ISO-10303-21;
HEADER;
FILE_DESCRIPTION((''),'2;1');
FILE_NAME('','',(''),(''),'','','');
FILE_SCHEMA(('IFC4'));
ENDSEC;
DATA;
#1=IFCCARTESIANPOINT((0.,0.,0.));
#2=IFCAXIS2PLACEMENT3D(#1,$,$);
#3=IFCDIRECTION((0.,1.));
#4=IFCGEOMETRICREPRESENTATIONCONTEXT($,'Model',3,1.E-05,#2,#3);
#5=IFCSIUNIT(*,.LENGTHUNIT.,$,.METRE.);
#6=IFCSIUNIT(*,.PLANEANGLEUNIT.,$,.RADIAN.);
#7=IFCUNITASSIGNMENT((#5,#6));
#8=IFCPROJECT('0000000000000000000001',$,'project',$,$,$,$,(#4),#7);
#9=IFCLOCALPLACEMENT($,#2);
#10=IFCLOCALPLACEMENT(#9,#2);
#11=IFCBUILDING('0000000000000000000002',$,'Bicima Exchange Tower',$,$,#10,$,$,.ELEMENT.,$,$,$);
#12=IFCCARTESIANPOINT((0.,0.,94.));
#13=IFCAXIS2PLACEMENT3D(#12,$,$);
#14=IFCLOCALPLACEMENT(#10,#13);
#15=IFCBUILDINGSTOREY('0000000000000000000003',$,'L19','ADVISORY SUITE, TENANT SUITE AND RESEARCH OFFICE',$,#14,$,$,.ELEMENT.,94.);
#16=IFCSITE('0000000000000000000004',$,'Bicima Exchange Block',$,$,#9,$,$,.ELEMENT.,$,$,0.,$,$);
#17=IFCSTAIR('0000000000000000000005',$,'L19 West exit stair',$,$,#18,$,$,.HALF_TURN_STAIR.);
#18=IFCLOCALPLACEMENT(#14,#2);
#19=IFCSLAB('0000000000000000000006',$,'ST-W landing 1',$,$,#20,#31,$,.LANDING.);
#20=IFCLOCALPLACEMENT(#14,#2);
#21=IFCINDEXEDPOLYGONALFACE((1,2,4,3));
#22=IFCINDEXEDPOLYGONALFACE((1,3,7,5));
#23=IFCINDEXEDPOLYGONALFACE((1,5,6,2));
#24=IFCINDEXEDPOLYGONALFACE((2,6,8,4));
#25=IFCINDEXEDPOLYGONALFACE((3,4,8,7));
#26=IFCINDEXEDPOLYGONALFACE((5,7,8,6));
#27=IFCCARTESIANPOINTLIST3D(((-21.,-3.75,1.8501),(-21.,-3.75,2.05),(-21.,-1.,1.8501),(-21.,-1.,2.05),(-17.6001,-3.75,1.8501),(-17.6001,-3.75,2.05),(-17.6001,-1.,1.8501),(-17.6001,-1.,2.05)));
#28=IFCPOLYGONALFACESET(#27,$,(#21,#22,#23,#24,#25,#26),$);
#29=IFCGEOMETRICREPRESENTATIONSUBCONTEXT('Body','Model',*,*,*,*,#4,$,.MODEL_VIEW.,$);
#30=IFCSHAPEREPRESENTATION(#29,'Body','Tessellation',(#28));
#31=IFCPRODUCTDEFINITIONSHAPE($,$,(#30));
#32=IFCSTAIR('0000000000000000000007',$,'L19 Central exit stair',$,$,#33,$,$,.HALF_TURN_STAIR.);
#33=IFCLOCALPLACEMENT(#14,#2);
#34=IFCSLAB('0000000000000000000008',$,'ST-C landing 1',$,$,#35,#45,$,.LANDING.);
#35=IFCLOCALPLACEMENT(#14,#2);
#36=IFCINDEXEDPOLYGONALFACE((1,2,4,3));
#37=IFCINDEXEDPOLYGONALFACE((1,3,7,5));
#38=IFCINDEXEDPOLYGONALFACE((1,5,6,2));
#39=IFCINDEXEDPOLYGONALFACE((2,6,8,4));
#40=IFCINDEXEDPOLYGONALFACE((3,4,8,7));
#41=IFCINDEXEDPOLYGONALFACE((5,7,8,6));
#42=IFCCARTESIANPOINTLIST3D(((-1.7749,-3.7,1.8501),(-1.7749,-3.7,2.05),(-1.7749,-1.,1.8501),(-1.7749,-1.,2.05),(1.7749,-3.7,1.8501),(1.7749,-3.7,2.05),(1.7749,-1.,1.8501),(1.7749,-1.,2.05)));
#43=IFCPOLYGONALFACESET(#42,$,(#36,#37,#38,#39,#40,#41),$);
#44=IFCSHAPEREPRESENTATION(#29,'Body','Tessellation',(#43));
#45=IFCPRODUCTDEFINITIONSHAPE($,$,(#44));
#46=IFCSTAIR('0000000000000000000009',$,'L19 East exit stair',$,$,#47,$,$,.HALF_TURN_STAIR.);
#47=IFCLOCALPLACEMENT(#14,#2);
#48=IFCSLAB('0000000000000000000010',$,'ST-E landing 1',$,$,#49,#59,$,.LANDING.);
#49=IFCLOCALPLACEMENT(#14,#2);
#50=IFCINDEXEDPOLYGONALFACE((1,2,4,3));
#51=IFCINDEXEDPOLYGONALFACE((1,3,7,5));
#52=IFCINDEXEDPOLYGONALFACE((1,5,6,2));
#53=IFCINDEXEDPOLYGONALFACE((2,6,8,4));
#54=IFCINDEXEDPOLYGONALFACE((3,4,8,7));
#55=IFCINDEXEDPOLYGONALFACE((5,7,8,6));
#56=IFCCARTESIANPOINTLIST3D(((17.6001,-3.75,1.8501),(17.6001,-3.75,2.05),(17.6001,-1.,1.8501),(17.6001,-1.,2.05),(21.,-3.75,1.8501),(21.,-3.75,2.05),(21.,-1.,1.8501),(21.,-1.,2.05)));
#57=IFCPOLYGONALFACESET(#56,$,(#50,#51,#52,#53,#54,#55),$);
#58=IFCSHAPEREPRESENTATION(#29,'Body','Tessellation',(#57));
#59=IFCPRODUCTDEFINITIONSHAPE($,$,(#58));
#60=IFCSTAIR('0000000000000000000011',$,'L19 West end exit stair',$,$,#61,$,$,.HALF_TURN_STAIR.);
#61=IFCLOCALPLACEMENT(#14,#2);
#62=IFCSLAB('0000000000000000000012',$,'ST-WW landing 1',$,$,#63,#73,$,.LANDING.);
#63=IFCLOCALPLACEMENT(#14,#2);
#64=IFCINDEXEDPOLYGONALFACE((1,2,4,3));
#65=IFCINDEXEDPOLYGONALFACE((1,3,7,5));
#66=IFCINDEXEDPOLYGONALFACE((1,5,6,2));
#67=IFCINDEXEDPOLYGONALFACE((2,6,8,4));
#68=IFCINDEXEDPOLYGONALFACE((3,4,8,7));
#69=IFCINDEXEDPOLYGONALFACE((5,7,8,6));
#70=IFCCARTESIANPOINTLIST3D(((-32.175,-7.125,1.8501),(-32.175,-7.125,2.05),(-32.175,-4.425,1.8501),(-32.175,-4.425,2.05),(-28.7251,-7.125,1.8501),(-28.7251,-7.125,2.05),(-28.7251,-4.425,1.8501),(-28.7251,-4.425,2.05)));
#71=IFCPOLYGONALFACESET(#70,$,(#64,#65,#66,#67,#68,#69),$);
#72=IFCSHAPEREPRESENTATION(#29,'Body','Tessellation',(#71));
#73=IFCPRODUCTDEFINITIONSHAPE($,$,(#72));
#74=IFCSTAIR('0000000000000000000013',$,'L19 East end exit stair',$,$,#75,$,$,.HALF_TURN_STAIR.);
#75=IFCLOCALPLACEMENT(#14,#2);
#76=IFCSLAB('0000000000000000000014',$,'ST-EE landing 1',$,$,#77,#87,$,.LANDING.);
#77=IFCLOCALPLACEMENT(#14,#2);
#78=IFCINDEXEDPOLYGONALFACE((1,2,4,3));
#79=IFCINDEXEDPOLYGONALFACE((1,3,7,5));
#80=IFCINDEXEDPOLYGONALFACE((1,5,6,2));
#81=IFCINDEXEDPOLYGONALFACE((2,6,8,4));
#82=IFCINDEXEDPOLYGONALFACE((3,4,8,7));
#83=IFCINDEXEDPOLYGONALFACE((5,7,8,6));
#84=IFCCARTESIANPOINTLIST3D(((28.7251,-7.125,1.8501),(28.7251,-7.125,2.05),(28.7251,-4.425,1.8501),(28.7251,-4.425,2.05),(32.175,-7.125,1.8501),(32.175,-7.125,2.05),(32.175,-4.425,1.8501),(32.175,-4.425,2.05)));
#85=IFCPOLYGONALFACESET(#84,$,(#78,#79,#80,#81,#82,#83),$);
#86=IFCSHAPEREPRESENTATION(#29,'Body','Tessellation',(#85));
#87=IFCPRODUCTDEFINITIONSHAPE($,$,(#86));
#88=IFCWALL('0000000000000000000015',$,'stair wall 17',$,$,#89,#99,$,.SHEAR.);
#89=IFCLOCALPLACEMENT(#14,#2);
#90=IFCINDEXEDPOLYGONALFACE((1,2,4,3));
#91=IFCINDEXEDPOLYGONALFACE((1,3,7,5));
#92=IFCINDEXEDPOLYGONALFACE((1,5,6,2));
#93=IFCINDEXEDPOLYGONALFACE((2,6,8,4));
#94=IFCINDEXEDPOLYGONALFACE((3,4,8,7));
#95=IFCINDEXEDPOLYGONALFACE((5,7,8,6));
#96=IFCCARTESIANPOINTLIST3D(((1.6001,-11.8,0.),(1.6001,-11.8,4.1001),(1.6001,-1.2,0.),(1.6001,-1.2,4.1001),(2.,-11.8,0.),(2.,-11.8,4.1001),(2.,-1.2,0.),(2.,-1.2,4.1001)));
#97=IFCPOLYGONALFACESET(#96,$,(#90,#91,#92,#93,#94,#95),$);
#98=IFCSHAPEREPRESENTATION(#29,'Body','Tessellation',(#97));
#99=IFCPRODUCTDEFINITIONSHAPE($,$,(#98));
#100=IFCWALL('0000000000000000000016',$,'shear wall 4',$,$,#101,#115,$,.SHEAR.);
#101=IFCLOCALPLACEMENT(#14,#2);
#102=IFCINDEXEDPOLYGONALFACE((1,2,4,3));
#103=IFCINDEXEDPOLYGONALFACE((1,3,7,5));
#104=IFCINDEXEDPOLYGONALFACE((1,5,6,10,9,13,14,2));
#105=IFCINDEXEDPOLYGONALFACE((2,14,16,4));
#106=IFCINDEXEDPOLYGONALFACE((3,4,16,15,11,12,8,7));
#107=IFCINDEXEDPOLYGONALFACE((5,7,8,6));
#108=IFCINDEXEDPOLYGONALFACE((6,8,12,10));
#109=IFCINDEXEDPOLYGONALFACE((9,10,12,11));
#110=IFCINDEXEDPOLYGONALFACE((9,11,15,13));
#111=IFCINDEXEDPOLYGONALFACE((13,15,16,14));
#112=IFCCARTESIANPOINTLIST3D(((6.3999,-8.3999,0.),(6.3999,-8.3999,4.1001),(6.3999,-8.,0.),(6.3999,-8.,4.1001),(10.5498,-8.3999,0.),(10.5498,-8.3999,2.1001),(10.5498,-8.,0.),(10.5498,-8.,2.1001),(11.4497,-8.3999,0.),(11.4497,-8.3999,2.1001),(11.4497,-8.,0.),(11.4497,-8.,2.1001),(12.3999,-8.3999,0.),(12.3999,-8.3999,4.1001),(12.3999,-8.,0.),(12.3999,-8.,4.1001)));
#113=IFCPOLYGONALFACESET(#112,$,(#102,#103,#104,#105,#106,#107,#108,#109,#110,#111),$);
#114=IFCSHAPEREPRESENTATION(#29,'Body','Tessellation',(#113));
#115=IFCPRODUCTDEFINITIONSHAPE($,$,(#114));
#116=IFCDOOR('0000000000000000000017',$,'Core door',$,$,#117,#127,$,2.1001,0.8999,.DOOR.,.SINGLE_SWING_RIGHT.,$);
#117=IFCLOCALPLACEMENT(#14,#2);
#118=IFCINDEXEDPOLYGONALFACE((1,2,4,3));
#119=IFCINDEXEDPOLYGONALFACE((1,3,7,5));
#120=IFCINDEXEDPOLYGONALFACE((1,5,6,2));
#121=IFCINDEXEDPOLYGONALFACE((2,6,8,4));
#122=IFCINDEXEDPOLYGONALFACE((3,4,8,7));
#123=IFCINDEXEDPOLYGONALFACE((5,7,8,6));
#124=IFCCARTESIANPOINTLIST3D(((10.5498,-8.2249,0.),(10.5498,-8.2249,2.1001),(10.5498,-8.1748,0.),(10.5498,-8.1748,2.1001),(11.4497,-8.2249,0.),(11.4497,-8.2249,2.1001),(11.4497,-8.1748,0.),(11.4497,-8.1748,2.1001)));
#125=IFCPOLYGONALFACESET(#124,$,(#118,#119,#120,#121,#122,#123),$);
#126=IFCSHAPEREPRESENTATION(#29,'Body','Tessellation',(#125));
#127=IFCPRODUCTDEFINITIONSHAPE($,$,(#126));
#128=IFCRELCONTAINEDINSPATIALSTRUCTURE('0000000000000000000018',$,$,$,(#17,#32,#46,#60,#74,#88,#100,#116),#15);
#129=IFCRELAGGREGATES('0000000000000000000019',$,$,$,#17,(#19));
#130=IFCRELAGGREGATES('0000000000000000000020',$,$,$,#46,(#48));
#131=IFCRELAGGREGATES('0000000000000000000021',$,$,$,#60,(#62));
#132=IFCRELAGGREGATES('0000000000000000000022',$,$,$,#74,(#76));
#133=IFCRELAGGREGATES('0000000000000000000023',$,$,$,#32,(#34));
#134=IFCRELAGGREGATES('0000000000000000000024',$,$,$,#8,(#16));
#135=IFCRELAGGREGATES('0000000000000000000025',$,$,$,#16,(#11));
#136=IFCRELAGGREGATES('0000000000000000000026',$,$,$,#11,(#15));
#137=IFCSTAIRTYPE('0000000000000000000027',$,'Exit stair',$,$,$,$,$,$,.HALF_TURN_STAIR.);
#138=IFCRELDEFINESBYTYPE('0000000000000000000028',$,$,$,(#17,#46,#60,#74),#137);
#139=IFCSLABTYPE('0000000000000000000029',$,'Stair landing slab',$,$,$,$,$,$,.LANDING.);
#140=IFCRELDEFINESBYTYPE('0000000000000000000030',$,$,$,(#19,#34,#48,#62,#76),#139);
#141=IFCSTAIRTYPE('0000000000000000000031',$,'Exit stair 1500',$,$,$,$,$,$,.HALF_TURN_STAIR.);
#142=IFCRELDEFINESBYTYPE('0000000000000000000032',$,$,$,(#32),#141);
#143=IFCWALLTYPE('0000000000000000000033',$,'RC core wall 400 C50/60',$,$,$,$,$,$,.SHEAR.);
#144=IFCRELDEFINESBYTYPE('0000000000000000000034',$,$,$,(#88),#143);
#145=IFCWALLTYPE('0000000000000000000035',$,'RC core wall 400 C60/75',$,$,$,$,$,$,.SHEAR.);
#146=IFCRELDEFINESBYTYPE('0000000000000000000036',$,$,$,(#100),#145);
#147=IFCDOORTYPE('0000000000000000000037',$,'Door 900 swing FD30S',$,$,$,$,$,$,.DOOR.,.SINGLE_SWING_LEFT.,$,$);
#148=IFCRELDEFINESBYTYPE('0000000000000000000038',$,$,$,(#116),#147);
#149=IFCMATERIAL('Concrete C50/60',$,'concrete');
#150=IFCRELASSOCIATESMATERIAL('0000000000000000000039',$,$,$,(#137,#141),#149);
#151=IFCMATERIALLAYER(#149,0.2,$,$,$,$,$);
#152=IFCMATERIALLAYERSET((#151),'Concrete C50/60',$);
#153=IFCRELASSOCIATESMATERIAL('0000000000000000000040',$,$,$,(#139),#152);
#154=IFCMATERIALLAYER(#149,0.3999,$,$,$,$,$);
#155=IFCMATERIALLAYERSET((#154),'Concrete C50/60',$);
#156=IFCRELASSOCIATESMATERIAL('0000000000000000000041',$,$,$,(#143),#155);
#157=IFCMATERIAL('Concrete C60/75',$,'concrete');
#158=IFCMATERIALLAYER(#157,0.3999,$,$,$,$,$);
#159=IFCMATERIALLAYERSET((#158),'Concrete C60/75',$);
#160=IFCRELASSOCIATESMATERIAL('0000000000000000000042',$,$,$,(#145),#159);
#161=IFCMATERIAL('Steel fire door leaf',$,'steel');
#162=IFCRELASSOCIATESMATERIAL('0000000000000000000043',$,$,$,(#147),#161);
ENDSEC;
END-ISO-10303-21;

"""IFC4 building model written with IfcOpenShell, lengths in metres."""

from ifc_helpers import new_model, si_unit, direction, frame, frame_2d, origin, place, context, subcontext, project, spatial, polyline, rectangle, outline, extrude, material, layer, layer_set, type_object, element, fill, aggregate, save


model = new_model("IFC4")

# Units and contexts
model_context = context("Model", 3, precision=1e-05, world=origin(), true_north=direction((0.0, 1.0)))
body_context = subcontext(model_context, "Body", "Model", "MODEL_VIEW")
ifc_project = project(units=[si_unit("LENGTHUNIT", "METRE"), si_unit("PLANEANGLEUNIT", "RADIAN")], contexts=[model_context])

# Site, building, storey
site_placement = place(None, origin())
site = spatial("IfcSite", under=ifc_project, at=site_placement, Name="Bicima Exchange Block", CompositionType="ELEMENT", RefElevation=0.0)
building_placement = place(site_placement, origin())
building = spatial("IfcBuilding", under=site, at=building_placement, Name="Bicima Exchange Tower", CompositionType="ELEMENT")
storey_placement = place(building_placement, frame((0.0, 0.0, 94.0)))
storey = spatial("IfcBuildingStorey", under=building, at=storey_placement, Name="L19", Description="ADVISORY SUITE, TENANT SUITE AND RESEARCH OFFICE", CompositionType="ELEMENT", Elevation=94.0)

# Stairs, slabs
ifc_material_1 = material(Name="Concrete C50/60", Category="concrete")
stair_type_1 = type_object("IfcStairType", Name="Exit stair", PredefinedType="HALF_TURN_STAIR", material=ifc_material_1)
stair_1_placement = place(storey_placement, origin())
stair_1 = element("IfcStair", 1, at=stair_1_placement, inside=storey, type_object=stair_type_1, Name="L19 West exit stair", PredefinedType="HALF_TURN_STAIR")
ifc_layer_1 = layer(ifc_material_1, 0.2)
ifc_layer_set_1 = layer_set([ifc_layer_1], Name="Concrete C50/60")
slab_type_1 = type_object("IfcSlabType", Name="Stair landing slab", PredefinedType="LANDING", material=ifc_layer_set_1)
slab_1_placement = place(storey_placement, frame((0.0, 0.0, 1.8501)))
slab_1 = element("IfcSlab", 2, at=slab_1_placement, type_object=slab_type_1, Name="ST-W landing 1", PredefinedType="LANDING", context=body_context, shape_type="SweptSolid", body=[
    extrude(outline(polyline([(-17.6001, -3.75), (-17.6001, -1.0), (-21.0, -1.0), (-21.0, -3.75), (-17.6001, -3.75)])), origin(), (0.0, 0.0, 1.0), 0.2),
])
aggregate(stair_1, [slab_1])
stair_type_2 = type_object("IfcStairType", Name="Exit stair 1500", PredefinedType="HALF_TURN_STAIR", material=ifc_material_1)
stair_2_placement = place(storey_placement, origin())
stair_2 = element("IfcStair", 3, at=stair_2_placement, inside=storey, type_object=stair_type_2, Name="L19 Central exit stair", PredefinedType="HALF_TURN_STAIR")
slab_2_placement = place(storey_placement, frame((0.0, 0.0, 1.8501)))
slab_2 = element("IfcSlab", 4, at=slab_2_placement, type_object=slab_type_1, Name="ST-C landing 1", PredefinedType="LANDING", context=body_context, shape_type="SweptSolid", body=[
    extrude(outline(polyline([(1.7749, -3.7), (1.7749, -1.0), (-1.7749, -1.0), (-1.7749, -3.7), (1.7749, -3.7)])), origin(), (0.0, 0.0, 1.0), 0.2),
])
stair_3_placement = place(storey_placement, origin())
stair_3 = element("IfcStair", 5, at=stair_3_placement, inside=storey, type_object=stair_type_1, Name="L19 East exit stair", PredefinedType="HALF_TURN_STAIR")
slab_3_placement = place(storey_placement, frame((0.0, 0.0, 1.8501)))
slab_3 = element("IfcSlab", 6, at=slab_3_placement, type_object=slab_type_1, Name="ST-E landing 1", PredefinedType="LANDING", context=body_context, shape_type="SweptSolid", body=[
    extrude(outline(polyline([(21.0, -3.75), (21.0, -1.0), (17.6001, -1.0), (17.6001, -3.75), (21.0, -3.75)])), origin(), (0.0, 0.0, 1.0), 0.2),
])
aggregate(stair_3, [slab_3])
stair_4_placement = place(storey_placement, origin())
stair_4 = element("IfcStair", 7, at=stair_4_placement, inside=storey, type_object=stair_type_1, Name="L19 West end exit stair", PredefinedType="HALF_TURN_STAIR")
slab_4_placement = place(storey_placement, frame((0.0, 0.0, 1.8501)))
slab_4 = element("IfcSlab", 8, at=slab_4_placement, type_object=slab_type_1, Name="ST-WW landing 1", PredefinedType="LANDING", context=body_context, shape_type="SweptSolid", body=[
    extrude(outline(polyline([(-28.7251, -7.125), (-28.7251, -4.425), (-32.175, -4.425), (-32.175, -7.125), (-28.7251, -7.125)])), origin(), (0.0, 0.0, 1.0), 0.2),
])
aggregate(stair_4, [slab_4])
stair_5_placement = place(storey_placement, origin())
stair_5 = element("IfcStair", 9, at=stair_5_placement, inside=storey, type_object=stair_type_1, Name="L19 East end exit stair", PredefinedType="HALF_TURN_STAIR")
slab_5_placement = place(storey_placement, frame((0.0, 0.0, 1.8501)))
slab_5 = element("IfcSlab", 10, at=slab_5_placement, type_object=slab_type_1, Name="ST-EE landing 1", PredefinedType="LANDING", context=body_context, shape_type="SweptSolid", body=[
    extrude(outline(polyline([(32.175, -7.125), (32.175, -4.425), (28.7251, -4.425), (28.7251, -7.125), (32.175, -7.125)])), origin(), (0.0, 0.0, 1.0), 0.2),
])
aggregate(stair_5, [slab_5])

# Wall
ifc_layer_2 = layer(ifc_material_1, 0.3999)
ifc_layer_set_2 = layer_set([ifc_layer_2], Name="Concrete C50/60")
wall_type_1 = type_object("IfcWallType", Name="RC core wall 400 C50/60", PredefinedType="SHEAR", material=ifc_layer_set_2)
wall_1_placement = place(storey_placement, frame((1.8, -11.8, 0.0), z_axis=(0.0, 0.0, 1.0), x_axis=(0.0, 1.0, 0.0)))
element("IfcWall", 11, at=wall_1_placement, inside=storey, type_object=wall_type_1, Name="stair wall 17", PredefinedType="SHEAR", context=body_context, shape_type="SweptSolid", body=[
    extrude(rectangle(XDim=10.6001, YDim=0.3999, at=frame_2d((5.3, 0.0))), origin(), (0.0, 0.0, 1.0), 4.1001),
])

# Wall, opening, door
ifc_material_2 = material(Name="Concrete C60/75", Category="concrete")
ifc_layer_3 = layer(ifc_material_2, 0.3999)
ifc_layer_set_3 = layer_set([ifc_layer_3], Name="Concrete C60/75")
wall_type_2 = type_object("IfcWallType", Name="RC core wall 400 C60/75", PredefinedType="SHEAR", material=ifc_layer_set_3)
wall_2_placement = place(storey_placement, frame((6.3999, -8.2, 0.0), z_axis=(0.0, 0.0, 1.0), x_axis=(1.0, 0.0, 0.0)))
wall_2 = element("IfcWall", 12, at=wall_2_placement, inside=storey, type_object=wall_type_2, Name="shear wall 4", PredefinedType="SHEAR", context=body_context, shape_type="SweptSolid", body=[
    extrude(rectangle(XDim=6.0, YDim=0.3999, at=frame_2d((3.0, 0.0))), origin(), (0.0, 0.0, 1.0), 4.1001),
])
opening_1_placement = place(wall_2_placement, frame((4.1499, 0.0, 0.0)))
opening_1 = element("IfcOpeningElement", 13, at=opening_1_placement, cuts=wall_2, PredefinedType="OPENING", context=body_context, shape_type="SweptSolid", body=[
    extrude(rectangle(XDim=0.8999, YDim=2.1001, at=frame_2d((0.45, 1.05))), frame((0.0, 0.2119, 0.0), z_axis=(0.0, -1.0, 0.0), x_axis=(1.0, 0.0, 0.0)), (0.0, 0.0, 1.0), 0.4238),
])
ifc_material_3 = material(Name="Steel fire door leaf", Category="steel")
door_type_1 = type_object("IfcDoorType", Name="Door 900 swing FD30S", OperationType="SINGLE_SWING_LEFT", PredefinedType="DOOR", material=ifc_material_3)
door_1_placement = place(opening_1_placement, frame((0.8999, 0.0, 0.0), z_axis=(0.0, 0.0, 1.0), x_axis=(-1.0, 0.0, 0.0)))
door_1 = element("IfcDoor", 14, at=door_1_placement, inside=storey, type_object=door_type_1, Name="Core door", OperationType="SINGLE_SWING_RIGHT", OverallHeight=2.1001, OverallWidth=0.8999, PredefinedType="DOOR", context=body_context, shape_type="SweptSolid", body=[
    extrude(rectangle(XDim=0.8999, YDim=2.1001, at=frame_2d((0.45, 1.05))), frame((0.0, 0.0249, 0.0), z_axis=(0.0, -1.0, 0.0), x_axis=(1.0, 0.0, 0.0)), (0.0, 0.0, 1.0), 0.05),
])
fill(opening_1, door_1)

aggregate(stair_2, [slab_2])

save(model, "model.ifc")
